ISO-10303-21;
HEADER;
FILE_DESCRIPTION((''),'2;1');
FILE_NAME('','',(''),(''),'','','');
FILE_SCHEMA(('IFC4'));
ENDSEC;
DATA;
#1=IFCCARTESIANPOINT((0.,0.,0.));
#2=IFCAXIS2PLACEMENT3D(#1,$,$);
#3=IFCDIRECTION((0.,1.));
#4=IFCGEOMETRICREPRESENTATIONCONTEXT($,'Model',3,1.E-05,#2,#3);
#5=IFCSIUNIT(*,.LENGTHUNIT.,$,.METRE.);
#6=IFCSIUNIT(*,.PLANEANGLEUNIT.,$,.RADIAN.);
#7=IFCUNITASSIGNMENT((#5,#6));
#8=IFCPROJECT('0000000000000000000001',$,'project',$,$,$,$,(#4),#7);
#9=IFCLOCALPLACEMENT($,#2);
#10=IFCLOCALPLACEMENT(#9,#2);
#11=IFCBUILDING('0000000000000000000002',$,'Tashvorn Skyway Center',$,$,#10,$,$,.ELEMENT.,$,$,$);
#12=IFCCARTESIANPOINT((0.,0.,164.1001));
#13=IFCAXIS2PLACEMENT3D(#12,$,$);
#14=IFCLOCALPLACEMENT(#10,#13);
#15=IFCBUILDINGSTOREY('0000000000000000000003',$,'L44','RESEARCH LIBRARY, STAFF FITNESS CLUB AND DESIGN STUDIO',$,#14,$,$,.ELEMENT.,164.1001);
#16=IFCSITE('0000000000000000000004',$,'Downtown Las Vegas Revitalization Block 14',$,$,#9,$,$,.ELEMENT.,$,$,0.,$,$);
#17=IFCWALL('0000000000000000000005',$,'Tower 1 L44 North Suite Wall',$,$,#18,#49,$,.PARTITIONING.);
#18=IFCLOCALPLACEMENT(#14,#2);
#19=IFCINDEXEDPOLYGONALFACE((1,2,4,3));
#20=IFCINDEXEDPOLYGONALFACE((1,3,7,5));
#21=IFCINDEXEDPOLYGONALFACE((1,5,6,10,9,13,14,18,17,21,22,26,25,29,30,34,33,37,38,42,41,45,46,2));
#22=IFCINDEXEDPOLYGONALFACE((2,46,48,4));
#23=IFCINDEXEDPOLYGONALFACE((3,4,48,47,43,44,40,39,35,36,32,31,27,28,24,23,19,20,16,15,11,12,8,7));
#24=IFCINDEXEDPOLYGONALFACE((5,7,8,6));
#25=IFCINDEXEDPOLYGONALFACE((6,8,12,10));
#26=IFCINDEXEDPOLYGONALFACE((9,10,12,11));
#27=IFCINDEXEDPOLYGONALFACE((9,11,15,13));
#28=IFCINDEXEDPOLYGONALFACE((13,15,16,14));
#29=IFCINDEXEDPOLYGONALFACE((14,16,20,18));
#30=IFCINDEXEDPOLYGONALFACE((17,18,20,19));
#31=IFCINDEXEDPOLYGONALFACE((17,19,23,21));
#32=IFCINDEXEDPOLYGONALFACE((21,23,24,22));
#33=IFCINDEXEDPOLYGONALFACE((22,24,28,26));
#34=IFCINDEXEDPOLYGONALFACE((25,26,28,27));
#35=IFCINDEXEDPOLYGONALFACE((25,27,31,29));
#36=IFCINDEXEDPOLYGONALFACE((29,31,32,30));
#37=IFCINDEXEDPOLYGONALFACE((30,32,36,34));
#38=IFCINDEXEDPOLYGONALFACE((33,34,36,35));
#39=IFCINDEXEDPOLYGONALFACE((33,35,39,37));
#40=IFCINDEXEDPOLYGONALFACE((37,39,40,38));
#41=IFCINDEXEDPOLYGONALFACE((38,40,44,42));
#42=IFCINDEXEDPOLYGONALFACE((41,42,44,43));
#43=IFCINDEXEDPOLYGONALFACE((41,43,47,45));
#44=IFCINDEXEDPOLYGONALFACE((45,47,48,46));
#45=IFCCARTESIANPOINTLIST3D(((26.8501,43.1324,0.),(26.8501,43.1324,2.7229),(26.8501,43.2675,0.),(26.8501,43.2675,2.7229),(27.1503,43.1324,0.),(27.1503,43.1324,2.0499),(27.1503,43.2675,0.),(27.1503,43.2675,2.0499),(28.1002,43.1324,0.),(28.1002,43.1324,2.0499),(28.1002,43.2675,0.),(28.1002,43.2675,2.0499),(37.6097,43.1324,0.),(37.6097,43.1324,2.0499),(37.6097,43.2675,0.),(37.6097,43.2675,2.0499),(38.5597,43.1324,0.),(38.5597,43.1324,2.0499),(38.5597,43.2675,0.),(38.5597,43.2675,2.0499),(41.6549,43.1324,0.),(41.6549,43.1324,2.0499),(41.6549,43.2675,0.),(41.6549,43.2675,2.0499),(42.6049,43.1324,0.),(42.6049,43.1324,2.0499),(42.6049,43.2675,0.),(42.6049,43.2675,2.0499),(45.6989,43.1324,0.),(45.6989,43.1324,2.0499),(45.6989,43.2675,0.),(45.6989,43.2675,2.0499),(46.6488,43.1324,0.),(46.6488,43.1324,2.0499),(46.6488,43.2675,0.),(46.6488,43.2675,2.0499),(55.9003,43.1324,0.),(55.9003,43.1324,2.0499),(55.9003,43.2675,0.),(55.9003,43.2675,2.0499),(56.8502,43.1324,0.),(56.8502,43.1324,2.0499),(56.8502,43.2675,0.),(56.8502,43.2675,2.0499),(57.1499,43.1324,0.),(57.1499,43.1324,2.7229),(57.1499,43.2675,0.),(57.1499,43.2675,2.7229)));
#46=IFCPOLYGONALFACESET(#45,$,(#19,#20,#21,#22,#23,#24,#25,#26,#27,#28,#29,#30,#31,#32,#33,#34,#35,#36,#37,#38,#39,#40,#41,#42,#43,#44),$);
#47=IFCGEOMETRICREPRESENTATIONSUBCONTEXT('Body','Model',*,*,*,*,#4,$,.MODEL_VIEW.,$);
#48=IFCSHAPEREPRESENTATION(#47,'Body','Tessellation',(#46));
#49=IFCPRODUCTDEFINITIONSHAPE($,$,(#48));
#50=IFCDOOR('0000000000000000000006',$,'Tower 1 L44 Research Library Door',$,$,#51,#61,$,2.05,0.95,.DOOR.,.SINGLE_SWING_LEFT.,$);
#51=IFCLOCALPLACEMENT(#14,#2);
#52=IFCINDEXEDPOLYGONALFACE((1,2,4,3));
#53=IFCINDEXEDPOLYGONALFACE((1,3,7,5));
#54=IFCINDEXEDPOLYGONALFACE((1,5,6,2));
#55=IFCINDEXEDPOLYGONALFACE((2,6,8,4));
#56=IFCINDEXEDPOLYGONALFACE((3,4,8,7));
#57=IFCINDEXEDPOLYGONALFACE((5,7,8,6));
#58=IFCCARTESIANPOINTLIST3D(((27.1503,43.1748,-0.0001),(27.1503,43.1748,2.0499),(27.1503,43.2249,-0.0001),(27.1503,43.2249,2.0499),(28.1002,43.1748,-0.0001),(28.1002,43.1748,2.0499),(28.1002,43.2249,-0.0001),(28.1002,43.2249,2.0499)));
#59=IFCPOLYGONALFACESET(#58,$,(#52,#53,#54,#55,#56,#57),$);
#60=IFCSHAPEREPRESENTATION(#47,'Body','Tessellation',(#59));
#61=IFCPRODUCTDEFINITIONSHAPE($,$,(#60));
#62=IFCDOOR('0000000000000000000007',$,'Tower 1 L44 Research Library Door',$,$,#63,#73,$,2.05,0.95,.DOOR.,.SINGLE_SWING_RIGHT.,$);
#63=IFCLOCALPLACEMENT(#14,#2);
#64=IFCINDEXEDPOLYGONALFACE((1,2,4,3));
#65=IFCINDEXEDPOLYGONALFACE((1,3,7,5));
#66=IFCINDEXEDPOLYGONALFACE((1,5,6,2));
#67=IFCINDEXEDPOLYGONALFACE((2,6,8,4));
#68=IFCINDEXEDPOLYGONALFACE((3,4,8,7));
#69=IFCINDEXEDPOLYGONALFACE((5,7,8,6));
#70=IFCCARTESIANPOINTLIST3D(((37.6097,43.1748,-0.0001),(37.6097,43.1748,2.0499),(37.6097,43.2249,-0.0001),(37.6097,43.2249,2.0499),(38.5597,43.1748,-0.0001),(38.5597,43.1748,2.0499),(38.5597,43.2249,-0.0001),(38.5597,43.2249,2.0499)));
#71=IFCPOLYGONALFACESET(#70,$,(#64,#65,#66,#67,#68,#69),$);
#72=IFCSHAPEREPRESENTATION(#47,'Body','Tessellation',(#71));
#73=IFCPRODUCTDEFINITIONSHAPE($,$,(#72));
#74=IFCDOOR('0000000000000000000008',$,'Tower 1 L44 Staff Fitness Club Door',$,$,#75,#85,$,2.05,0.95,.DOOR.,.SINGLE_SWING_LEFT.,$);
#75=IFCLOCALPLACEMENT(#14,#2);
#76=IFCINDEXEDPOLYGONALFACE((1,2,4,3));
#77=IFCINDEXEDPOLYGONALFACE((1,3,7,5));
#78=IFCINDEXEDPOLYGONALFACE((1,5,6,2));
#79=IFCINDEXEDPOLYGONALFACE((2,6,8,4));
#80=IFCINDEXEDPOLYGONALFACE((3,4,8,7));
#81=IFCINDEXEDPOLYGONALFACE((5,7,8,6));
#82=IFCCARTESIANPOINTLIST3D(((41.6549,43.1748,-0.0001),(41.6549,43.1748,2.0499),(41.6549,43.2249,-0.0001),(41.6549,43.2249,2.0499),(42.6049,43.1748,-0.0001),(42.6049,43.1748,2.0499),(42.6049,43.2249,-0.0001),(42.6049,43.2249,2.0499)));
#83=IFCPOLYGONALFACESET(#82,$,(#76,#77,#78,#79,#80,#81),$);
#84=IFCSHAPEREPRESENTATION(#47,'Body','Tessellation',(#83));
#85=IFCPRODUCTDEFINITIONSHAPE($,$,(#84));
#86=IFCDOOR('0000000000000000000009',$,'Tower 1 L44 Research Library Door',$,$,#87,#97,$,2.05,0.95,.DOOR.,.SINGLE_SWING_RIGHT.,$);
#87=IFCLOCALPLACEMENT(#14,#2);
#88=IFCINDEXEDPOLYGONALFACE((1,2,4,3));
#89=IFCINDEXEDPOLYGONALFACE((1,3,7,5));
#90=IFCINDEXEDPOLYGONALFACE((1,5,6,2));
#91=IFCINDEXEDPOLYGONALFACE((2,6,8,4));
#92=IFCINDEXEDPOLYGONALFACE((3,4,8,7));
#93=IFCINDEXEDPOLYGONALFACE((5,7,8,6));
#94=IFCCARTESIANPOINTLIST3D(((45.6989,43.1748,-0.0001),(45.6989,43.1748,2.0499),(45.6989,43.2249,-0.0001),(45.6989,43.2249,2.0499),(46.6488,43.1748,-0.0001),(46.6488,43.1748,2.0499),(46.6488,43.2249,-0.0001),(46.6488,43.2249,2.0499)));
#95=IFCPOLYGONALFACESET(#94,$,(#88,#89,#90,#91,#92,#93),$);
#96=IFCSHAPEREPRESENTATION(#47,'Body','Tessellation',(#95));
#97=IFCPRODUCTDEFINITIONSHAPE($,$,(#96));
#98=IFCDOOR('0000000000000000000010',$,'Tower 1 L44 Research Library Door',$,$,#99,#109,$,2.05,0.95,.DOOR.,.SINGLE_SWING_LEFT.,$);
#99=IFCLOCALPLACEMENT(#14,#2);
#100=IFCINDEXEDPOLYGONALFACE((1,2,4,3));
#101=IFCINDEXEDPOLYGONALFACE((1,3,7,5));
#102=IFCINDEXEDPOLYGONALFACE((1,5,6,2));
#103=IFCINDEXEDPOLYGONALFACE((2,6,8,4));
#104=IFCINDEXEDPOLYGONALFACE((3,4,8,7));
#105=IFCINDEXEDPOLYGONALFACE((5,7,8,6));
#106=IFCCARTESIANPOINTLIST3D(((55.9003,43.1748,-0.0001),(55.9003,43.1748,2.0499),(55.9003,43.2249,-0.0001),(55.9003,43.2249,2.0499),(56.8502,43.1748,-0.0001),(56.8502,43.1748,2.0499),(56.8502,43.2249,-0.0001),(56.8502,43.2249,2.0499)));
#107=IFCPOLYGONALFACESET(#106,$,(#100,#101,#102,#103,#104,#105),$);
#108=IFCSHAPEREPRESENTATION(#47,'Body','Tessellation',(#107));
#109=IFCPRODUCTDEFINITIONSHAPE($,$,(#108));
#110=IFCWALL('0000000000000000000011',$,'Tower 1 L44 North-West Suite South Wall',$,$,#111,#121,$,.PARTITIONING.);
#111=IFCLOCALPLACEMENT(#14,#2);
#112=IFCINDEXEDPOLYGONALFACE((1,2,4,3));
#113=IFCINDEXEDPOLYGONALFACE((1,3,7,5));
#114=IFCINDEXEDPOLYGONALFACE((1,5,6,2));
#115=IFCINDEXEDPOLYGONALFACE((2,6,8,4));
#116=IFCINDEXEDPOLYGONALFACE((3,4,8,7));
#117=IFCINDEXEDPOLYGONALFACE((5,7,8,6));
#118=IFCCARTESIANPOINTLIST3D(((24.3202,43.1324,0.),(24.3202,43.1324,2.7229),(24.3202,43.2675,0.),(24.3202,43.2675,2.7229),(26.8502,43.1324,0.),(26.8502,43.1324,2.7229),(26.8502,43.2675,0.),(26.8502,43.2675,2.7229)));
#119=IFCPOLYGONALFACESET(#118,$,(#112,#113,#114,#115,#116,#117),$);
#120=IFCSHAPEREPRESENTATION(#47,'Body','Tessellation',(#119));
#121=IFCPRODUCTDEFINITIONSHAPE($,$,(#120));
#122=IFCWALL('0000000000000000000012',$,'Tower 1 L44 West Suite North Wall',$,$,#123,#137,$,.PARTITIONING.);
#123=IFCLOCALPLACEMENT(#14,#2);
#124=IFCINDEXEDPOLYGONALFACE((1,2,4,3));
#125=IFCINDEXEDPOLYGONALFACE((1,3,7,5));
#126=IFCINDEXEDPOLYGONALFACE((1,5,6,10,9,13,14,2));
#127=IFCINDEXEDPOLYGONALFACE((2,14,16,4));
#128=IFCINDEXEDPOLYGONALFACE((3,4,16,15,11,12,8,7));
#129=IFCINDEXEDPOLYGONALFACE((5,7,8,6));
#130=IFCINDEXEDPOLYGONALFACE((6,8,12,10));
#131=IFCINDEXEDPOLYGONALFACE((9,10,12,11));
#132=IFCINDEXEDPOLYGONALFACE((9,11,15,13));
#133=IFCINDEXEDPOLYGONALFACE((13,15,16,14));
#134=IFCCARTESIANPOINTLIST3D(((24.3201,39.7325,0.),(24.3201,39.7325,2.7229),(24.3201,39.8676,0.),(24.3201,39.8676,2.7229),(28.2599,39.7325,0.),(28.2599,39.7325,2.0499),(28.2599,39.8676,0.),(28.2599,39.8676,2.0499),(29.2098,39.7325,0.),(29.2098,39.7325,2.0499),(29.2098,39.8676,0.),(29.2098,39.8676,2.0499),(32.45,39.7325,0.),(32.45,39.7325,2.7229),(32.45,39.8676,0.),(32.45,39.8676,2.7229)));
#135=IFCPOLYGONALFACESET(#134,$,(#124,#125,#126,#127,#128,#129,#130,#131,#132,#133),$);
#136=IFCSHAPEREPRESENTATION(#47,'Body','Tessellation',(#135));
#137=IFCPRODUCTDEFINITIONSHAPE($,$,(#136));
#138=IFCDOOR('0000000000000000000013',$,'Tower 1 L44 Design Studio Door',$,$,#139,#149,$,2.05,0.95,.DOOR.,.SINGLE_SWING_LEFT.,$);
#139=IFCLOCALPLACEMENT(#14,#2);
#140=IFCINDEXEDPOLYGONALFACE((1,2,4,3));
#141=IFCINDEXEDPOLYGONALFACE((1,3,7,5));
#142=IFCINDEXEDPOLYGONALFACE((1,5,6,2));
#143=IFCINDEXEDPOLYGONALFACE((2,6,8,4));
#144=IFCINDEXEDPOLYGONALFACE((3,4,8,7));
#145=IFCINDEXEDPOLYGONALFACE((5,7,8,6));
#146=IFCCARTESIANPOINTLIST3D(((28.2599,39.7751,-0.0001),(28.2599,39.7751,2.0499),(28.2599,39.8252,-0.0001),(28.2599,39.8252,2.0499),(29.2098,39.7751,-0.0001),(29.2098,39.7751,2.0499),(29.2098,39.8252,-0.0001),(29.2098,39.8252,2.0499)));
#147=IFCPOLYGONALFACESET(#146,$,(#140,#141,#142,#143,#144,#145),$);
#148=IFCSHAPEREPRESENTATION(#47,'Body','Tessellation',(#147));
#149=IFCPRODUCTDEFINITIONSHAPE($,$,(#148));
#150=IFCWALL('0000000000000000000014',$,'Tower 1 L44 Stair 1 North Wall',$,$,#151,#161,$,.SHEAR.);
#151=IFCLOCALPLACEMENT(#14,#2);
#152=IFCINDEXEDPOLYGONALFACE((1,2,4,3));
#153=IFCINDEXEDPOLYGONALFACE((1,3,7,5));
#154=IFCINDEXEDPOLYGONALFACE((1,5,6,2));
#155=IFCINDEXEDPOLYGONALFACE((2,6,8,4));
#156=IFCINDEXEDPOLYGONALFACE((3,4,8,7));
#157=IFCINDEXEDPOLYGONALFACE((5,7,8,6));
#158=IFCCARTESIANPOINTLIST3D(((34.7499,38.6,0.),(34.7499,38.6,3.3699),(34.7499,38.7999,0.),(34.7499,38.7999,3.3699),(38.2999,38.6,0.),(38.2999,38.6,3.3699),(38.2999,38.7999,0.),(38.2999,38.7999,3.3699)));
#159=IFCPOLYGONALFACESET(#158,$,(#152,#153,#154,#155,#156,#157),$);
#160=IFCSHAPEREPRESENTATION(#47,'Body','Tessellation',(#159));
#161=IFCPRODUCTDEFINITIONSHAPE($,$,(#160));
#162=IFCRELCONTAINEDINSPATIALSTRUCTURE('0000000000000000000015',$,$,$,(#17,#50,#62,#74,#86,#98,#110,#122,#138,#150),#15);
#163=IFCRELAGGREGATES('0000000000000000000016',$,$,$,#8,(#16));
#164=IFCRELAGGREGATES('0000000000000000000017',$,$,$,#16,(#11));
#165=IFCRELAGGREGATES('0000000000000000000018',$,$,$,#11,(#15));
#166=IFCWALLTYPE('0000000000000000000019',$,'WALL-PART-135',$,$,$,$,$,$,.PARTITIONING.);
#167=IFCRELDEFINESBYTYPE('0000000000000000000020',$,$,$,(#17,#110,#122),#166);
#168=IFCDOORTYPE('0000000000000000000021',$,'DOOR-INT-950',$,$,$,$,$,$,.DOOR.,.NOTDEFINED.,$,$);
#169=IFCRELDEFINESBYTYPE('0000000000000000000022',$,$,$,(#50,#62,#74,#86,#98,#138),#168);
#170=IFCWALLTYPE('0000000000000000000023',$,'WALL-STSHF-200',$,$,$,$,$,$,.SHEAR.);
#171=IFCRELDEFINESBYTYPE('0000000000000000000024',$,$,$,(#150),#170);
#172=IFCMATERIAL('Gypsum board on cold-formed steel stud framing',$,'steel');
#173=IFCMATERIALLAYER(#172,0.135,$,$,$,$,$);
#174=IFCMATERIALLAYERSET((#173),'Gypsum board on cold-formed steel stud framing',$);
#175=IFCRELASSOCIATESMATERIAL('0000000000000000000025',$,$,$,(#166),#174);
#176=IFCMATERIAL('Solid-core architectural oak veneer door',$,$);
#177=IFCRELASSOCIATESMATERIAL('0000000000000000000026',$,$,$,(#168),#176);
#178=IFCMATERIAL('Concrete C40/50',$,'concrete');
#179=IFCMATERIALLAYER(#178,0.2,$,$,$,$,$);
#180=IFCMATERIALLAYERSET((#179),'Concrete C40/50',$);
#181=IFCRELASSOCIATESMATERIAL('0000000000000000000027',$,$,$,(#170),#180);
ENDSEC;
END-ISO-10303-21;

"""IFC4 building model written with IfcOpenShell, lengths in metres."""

from ifc_helpers import new_model, si_unit, direction, frame, frame_2d, origin, place, context, subcontext, project, spatial, rectangle, extrude, material, layer, layer_set, type_object, element, fill, save


model = new_model("IFC4")

# Units and contexts
model_context = context("Model", 3, precision=1e-05, world=origin(), true_north=direction((0.0, 1.0)))
body_context = subcontext(model_context, "Body", "Model", "MODEL_VIEW")
ifc_project = project(units=[si_unit("LENGTHUNIT", "METRE"), si_unit("PLANEANGLEUNIT", "RADIAN")], contexts=[model_context])

# Site, building, storey
site_placement = place(None, origin())
site = spatial("IfcSite", under=ifc_project, at=site_placement, Name="Downtown Las Vegas Revitalization Block 14", CompositionType="ELEMENT", RefElevation=0.0)
building_placement = place(site_placement, origin())
building = spatial("IfcBuilding", under=site, at=building_placement, Name="Tashvorn Skyway Center", CompositionType="ELEMENT")
storey_placement = place(building_placement, frame((0.0, 0.0, 164.1001)))
storey = spatial("IfcBuildingStorey", under=building, at=storey_placement, Name="L44", Description="RESEARCH LIBRARY, STAFF FITNESS CLUB AND DESIGN STUDIO", CompositionType="ELEMENT", Elevation=164.1001)

# Shared definitions
ifc_material_1 = material(Name="Gypsum board on cold-formed steel stud framing", Category="steel")

# Wall, openings, doors
ifc_layer_1 = layer(ifc_material_1, 0.135)
ifc_layer_set_1 = layer_set([ifc_layer_1], Name="Gypsum board on cold-formed steel stud framing")
wall_type_1 = type_object("IfcWallType", Name="WALL-PART-135", PredefinedType="PARTITIONING", material=ifc_layer_set_1)
wall_1_placement = place(storey_placement, frame((26.8501, 43.2, 0.0), z_axis=(0.0, 0.0, 1.0), x_axis=(1.0, 0.0, 0.0)))
wall_1 = element("IfcWall", 1, at=wall_1_placement, inside=storey, type_object=wall_type_1, Name="Tower 1 L44 North Suite Wall", PredefinedType="PARTITIONING", context=body_context, shape_type="SweptSolid", body=[
    extrude(rectangle(XDim=30.2998, YDim=0.135, at=frame_2d((15.1499, 0.0))), origin(), (0.0, 0.0, 1.0), 2.7229),
])
opening_1_placement = place(wall_1_placement, frame((0.3, 0.0, 0.0)))
opening_1 = element("IfcOpeningElement", 2, at=opening_1_placement, cuts=wall_1, PredefinedType="OPENING", context=body_context, shape_type="SweptSolid", body=[
    extrude(rectangle(XDim=0.95, YDim=2.05, at=frame_2d((0.4751, 1.0249))), frame((0.0, 0.0774, 0.0), z_axis=(0.0, -1.0, 0.0), x_axis=(1.0, 0.0, 0.0)), (0.0, 0.0, 1.0), 0.155),
])
opening_2_placement = place(wall_1_placement, frame((10.7595, 0.0, 0.0)))
opening_2 = element("IfcOpeningElement", 3, at=opening_2_placement, cuts=wall_1, PredefinedType="OPENING", context=body_context, shape_type="SweptSolid", body=[
    extrude(rectangle(XDim=0.95, YDim=2.05, at=frame_2d((0.4751, 1.0249))), frame((0.0, 0.0774, 0.0), z_axis=(0.0, -1.0, 0.0), x_axis=(1.0, 0.0, 0.0)), (0.0, 0.0, 1.0), 0.155),
])
opening_3_placement = place(wall_1_placement, frame((14.8047, 0.0, 0.0)))
opening_3 = element("IfcOpeningElement", 4, at=opening_3_placement, cuts=wall_1, PredefinedType="OPENING", context=body_context, shape_type="SweptSolid", body=[
    extrude(rectangle(XDim=0.95, YDim=2.05, at=frame_2d((0.4751, 1.0249))), frame((0.0, 0.0774, 0.0), z_axis=(0.0, -1.0, 0.0), x_axis=(1.0, 0.0, 0.0)), (0.0, 0.0, 1.0), 0.155),
])
opening_4_placement = place(wall_1_placement, frame((18.8486, 0.0, 0.0)))
opening_4 = element("IfcOpeningElement", 5, at=opening_4_placement, cuts=wall_1, PredefinedType="OPENING", context=body_context, shape_type="SweptSolid", body=[
    extrude(rectangle(XDim=0.95, YDim=2.05, at=frame_2d((0.4751, 1.0249))), frame((0.0, 0.0774, 0.0), z_axis=(0.0, -1.0, 0.0), x_axis=(1.0, 0.0, 0.0)), (0.0, 0.0, 1.0), 0.155),
])
opening_5_placement = place(wall_1_placement, frame((29.05, 0.0, 0.0)))
opening_5 = element("IfcOpeningElement", 6, at=opening_5_placement, cuts=wall_1, PredefinedType="OPENING", context=body_context, shape_type="SweptSolid", body=[
    extrude(rectangle(XDim=0.95, YDim=2.05, at=frame_2d((0.4751, 1.0249))), frame((0.0, 0.0774, 0.0), z_axis=(0.0, -1.0, 0.0), x_axis=(1.0, 0.0, 0.0)), (0.0, 0.0, 1.0), 0.155),
])
ifc_material_2 = material(Name="Solid-core architectural oak veneer door")
door_type_1 = type_object("IfcDoorType", Name="DOOR-INT-950", OperationType="NOTDEFINED", PredefinedType="DOOR", material=ifc_material_2)
door_1_placement = place(opening_1_placement, origin())
door_1 = element("IfcDoor", 7, at=door_1_placement, inside=storey, type_object=door_type_1, Name="Tower 1 L44 Research Library Door", OperationType="SINGLE_SWING_LEFT", OverallHeight=2.05, OverallWidth=0.95, PredefinedType="DOOR", context=body_context, shape_type="SweptSolid", body=[
    extrude(rectangle(XDim=0.95, YDim=2.05, at=frame_2d((0.4751, 1.0249))), frame((0.0, 0.0249, 0.0), z_axis=(0.0, -1.0, 0.0), x_axis=(1.0, 0.0, 0.0)), (0.0, 0.0, 1.0), 0.05),
])
fill(opening_1, door_1)
door_2_placement = place(opening_2_placement, origin())
door_2 = element("IfcDoor", 8, at=door_2_placement, inside=storey, type_object=door_type_1, Name="Tower 1 L44 Research Library Door", OperationType="SINGLE_SWING_RIGHT", OverallHeight=2.05, OverallWidth=0.95, PredefinedType="DOOR", context=body_context, shape_type="SweptSolid", body=[
    extrude(rectangle(XDim=0.95, YDim=2.05, at=frame_2d((0.4751, 1.0249))), frame((0.0, 0.0249, 0.0), z_axis=(0.0, -1.0, 0.0), x_axis=(1.0, 0.0, 0.0)), (0.0, 0.0, 1.0), 0.05),
])
fill(opening_2, door_2)
door_3_placement = place(opening_3_placement, origin())
door_3 = element("IfcDoor", 9, at=door_3_placement, inside=storey, type_object=door_type_1, Name="Tower 1 L44 Staff Fitness Club Door", OperationType="SINGLE_SWING_LEFT", OverallHeight=2.05, OverallWidth=0.95, PredefinedType="DOOR", context=body_context, shape_type="SweptSolid", body=[
    extrude(rectangle(XDim=0.95, YDim=2.05, at=frame_2d((0.4751, 1.0249))), frame((0.0, 0.0249, 0.0), z_axis=(0.0, -1.0, 0.0), x_axis=(1.0, 0.0, 0.0)), (0.0, 0.0, 1.0), 0.05),
])
fill(opening_3, door_3)
door_4_placement = place(opening_4_placement, origin())
door_4 = element("IfcDoor", 10, at=door_4_placement, inside=storey, type_object=door_type_1, Name="Tower 1 L44 Research Library Door", OperationType="SINGLE_SWING_RIGHT", OverallHeight=2.05, OverallWidth=0.95, PredefinedType="DOOR", context=body_context, shape_type="SweptSolid", body=[
    extrude(rectangle(XDim=0.95, YDim=2.05, at=frame_2d((0.4751, 1.0249))), frame((0.0, 0.0249, 0.0), z_axis=(0.0, -1.0, 0.0), x_axis=(1.0, 0.0, 0.0)), (0.0, 0.0, 1.0), 0.05),
])
fill(opening_4, door_4)
door_5_placement = place(opening_5_placement, origin())
door_5 = element("IfcDoor", 11, at=door_5_placement, inside=storey, type_object=door_type_1, Name="Tower 1 L44 Research Library Door", OperationType="SINGLE_SWING_LEFT", OverallHeight=2.05, OverallWidth=0.95, PredefinedType="DOOR", context=body_context, shape_type="SweptSolid", body=[
    extrude(rectangle(XDim=0.95, YDim=2.05, at=frame_2d((0.4751, 1.0249))), frame((0.0, 0.0249, 0.0), z_axis=(0.0, -1.0, 0.0), x_axis=(1.0, 0.0, 0.0)), (0.0, 0.0, 1.0), 0.05),
])
fill(opening_5, door_5)

# Wall
wall_2_placement = place(storey_placement, frame((24.3201, 43.2, 0.0), z_axis=(0.0, 0.0, 1.0), x_axis=(1.0, 0.0, 0.0)))
element("IfcWall", 12, at=wall_2_placement, inside=storey, type_object=wall_type_1, Name="Tower 1 L44 North-West Suite South Wall", PredefinedType="PARTITIONING", context=body_context, shape_type="SweptSolid", body=[
    extrude(rectangle(XDim=2.53, YDim=0.135, at=frame_2d((1.2651, 0.0))), origin(), (0.0, 0.0, 1.0), 2.7229),
])

# Wall, opening, door
wall_3_placement = place(storey_placement, frame((32.45, 39.8, 0.0), z_axis=(0.0, 0.0, 1.0), x_axis=(-1.0, 0.0, 0.0)))
wall_3 = element("IfcWall", 13, at=wall_3_placement, inside=storey, type_object=wall_type_1, Name="Tower 1 L44 West Suite North Wall", PredefinedType="PARTITIONING", context=body_context, shape_type="SweptSolid", body=[
    extrude(rectangle(XDim=8.1299, YDim=0.135, at=frame_2d((4.0649, 0.0))), origin(), (0.0, 0.0, 1.0), 2.7229),
])
opening_6_placement = place(wall_3_placement, frame((3.24, 0.0, 0.0)))
opening_6 = element("IfcOpeningElement", 14, at=opening_6_placement, cuts=wall_3, PredefinedType="OPENING", context=body_context, shape_type="SweptSolid", body=[
    extrude(rectangle(XDim=0.95, YDim=2.05, at=frame_2d((0.4751, 1.0249))), frame((0.0, 0.0774, 0.0), z_axis=(0.0, -1.0, 0.0), x_axis=(1.0, 0.0, 0.0)), (0.0, 0.0, 1.0), 0.155),
])
door_6_placement = place(opening_6_placement, origin())
door_6 = element("IfcDoor", 15, at=door_6_placement, inside=storey, type_object=door_type_1, Name="Tower 1 L44 Design Studio Door", OperationType="SINGLE_SWING_LEFT", OverallHeight=2.05, OverallWidth=0.95, PredefinedType="DOOR", context=body_context, shape_type="SweptSolid", body=[
    extrude(rectangle(XDim=0.95, YDim=2.05, at=frame_2d((0.4751, 1.0249))), frame((0.0, 0.0249, 0.0), z_axis=(0.0, -1.0, 0.0), x_axis=(1.0, 0.0, 0.0)), (0.0, 0.0, 1.0), 0.05),
])
fill(opening_6, door_6)

# Wall
ifc_material_3 = material(Name="Concrete C40/50", Category="concrete")
ifc_layer_2 = layer(ifc_material_3, 0.2)
ifc_layer_set_2 = layer_set([ifc_layer_2], Name="Concrete C40/50")
wall_type_2 = type_object("IfcWallType", Name="WALL-STSHF-200", PredefinedType="SHEAR", material=ifc_layer_set_2)
wall_4_placement = place(storey_placement, frame((34.75, 38.7, 0.0), z_axis=(0.0, 0.0, 1.0), x_axis=(1.0, 0.0, 0.0)))
element("IfcWall", 16, at=wall_4_placement, inside=storey, type_object=wall_type_2, Name="Tower 1 L44 Stair 1 North Wall", PredefinedType="SHEAR", context=body_context, shape_type="SweptSolid", body=[
    extrude(rectangle(XDim=3.55, YDim=0.2, at=frame_2d((1.7749, 0.0))), origin(), (0.0, 0.0, 1.0), 3.3699),
])

save(model, "model.ifc")
